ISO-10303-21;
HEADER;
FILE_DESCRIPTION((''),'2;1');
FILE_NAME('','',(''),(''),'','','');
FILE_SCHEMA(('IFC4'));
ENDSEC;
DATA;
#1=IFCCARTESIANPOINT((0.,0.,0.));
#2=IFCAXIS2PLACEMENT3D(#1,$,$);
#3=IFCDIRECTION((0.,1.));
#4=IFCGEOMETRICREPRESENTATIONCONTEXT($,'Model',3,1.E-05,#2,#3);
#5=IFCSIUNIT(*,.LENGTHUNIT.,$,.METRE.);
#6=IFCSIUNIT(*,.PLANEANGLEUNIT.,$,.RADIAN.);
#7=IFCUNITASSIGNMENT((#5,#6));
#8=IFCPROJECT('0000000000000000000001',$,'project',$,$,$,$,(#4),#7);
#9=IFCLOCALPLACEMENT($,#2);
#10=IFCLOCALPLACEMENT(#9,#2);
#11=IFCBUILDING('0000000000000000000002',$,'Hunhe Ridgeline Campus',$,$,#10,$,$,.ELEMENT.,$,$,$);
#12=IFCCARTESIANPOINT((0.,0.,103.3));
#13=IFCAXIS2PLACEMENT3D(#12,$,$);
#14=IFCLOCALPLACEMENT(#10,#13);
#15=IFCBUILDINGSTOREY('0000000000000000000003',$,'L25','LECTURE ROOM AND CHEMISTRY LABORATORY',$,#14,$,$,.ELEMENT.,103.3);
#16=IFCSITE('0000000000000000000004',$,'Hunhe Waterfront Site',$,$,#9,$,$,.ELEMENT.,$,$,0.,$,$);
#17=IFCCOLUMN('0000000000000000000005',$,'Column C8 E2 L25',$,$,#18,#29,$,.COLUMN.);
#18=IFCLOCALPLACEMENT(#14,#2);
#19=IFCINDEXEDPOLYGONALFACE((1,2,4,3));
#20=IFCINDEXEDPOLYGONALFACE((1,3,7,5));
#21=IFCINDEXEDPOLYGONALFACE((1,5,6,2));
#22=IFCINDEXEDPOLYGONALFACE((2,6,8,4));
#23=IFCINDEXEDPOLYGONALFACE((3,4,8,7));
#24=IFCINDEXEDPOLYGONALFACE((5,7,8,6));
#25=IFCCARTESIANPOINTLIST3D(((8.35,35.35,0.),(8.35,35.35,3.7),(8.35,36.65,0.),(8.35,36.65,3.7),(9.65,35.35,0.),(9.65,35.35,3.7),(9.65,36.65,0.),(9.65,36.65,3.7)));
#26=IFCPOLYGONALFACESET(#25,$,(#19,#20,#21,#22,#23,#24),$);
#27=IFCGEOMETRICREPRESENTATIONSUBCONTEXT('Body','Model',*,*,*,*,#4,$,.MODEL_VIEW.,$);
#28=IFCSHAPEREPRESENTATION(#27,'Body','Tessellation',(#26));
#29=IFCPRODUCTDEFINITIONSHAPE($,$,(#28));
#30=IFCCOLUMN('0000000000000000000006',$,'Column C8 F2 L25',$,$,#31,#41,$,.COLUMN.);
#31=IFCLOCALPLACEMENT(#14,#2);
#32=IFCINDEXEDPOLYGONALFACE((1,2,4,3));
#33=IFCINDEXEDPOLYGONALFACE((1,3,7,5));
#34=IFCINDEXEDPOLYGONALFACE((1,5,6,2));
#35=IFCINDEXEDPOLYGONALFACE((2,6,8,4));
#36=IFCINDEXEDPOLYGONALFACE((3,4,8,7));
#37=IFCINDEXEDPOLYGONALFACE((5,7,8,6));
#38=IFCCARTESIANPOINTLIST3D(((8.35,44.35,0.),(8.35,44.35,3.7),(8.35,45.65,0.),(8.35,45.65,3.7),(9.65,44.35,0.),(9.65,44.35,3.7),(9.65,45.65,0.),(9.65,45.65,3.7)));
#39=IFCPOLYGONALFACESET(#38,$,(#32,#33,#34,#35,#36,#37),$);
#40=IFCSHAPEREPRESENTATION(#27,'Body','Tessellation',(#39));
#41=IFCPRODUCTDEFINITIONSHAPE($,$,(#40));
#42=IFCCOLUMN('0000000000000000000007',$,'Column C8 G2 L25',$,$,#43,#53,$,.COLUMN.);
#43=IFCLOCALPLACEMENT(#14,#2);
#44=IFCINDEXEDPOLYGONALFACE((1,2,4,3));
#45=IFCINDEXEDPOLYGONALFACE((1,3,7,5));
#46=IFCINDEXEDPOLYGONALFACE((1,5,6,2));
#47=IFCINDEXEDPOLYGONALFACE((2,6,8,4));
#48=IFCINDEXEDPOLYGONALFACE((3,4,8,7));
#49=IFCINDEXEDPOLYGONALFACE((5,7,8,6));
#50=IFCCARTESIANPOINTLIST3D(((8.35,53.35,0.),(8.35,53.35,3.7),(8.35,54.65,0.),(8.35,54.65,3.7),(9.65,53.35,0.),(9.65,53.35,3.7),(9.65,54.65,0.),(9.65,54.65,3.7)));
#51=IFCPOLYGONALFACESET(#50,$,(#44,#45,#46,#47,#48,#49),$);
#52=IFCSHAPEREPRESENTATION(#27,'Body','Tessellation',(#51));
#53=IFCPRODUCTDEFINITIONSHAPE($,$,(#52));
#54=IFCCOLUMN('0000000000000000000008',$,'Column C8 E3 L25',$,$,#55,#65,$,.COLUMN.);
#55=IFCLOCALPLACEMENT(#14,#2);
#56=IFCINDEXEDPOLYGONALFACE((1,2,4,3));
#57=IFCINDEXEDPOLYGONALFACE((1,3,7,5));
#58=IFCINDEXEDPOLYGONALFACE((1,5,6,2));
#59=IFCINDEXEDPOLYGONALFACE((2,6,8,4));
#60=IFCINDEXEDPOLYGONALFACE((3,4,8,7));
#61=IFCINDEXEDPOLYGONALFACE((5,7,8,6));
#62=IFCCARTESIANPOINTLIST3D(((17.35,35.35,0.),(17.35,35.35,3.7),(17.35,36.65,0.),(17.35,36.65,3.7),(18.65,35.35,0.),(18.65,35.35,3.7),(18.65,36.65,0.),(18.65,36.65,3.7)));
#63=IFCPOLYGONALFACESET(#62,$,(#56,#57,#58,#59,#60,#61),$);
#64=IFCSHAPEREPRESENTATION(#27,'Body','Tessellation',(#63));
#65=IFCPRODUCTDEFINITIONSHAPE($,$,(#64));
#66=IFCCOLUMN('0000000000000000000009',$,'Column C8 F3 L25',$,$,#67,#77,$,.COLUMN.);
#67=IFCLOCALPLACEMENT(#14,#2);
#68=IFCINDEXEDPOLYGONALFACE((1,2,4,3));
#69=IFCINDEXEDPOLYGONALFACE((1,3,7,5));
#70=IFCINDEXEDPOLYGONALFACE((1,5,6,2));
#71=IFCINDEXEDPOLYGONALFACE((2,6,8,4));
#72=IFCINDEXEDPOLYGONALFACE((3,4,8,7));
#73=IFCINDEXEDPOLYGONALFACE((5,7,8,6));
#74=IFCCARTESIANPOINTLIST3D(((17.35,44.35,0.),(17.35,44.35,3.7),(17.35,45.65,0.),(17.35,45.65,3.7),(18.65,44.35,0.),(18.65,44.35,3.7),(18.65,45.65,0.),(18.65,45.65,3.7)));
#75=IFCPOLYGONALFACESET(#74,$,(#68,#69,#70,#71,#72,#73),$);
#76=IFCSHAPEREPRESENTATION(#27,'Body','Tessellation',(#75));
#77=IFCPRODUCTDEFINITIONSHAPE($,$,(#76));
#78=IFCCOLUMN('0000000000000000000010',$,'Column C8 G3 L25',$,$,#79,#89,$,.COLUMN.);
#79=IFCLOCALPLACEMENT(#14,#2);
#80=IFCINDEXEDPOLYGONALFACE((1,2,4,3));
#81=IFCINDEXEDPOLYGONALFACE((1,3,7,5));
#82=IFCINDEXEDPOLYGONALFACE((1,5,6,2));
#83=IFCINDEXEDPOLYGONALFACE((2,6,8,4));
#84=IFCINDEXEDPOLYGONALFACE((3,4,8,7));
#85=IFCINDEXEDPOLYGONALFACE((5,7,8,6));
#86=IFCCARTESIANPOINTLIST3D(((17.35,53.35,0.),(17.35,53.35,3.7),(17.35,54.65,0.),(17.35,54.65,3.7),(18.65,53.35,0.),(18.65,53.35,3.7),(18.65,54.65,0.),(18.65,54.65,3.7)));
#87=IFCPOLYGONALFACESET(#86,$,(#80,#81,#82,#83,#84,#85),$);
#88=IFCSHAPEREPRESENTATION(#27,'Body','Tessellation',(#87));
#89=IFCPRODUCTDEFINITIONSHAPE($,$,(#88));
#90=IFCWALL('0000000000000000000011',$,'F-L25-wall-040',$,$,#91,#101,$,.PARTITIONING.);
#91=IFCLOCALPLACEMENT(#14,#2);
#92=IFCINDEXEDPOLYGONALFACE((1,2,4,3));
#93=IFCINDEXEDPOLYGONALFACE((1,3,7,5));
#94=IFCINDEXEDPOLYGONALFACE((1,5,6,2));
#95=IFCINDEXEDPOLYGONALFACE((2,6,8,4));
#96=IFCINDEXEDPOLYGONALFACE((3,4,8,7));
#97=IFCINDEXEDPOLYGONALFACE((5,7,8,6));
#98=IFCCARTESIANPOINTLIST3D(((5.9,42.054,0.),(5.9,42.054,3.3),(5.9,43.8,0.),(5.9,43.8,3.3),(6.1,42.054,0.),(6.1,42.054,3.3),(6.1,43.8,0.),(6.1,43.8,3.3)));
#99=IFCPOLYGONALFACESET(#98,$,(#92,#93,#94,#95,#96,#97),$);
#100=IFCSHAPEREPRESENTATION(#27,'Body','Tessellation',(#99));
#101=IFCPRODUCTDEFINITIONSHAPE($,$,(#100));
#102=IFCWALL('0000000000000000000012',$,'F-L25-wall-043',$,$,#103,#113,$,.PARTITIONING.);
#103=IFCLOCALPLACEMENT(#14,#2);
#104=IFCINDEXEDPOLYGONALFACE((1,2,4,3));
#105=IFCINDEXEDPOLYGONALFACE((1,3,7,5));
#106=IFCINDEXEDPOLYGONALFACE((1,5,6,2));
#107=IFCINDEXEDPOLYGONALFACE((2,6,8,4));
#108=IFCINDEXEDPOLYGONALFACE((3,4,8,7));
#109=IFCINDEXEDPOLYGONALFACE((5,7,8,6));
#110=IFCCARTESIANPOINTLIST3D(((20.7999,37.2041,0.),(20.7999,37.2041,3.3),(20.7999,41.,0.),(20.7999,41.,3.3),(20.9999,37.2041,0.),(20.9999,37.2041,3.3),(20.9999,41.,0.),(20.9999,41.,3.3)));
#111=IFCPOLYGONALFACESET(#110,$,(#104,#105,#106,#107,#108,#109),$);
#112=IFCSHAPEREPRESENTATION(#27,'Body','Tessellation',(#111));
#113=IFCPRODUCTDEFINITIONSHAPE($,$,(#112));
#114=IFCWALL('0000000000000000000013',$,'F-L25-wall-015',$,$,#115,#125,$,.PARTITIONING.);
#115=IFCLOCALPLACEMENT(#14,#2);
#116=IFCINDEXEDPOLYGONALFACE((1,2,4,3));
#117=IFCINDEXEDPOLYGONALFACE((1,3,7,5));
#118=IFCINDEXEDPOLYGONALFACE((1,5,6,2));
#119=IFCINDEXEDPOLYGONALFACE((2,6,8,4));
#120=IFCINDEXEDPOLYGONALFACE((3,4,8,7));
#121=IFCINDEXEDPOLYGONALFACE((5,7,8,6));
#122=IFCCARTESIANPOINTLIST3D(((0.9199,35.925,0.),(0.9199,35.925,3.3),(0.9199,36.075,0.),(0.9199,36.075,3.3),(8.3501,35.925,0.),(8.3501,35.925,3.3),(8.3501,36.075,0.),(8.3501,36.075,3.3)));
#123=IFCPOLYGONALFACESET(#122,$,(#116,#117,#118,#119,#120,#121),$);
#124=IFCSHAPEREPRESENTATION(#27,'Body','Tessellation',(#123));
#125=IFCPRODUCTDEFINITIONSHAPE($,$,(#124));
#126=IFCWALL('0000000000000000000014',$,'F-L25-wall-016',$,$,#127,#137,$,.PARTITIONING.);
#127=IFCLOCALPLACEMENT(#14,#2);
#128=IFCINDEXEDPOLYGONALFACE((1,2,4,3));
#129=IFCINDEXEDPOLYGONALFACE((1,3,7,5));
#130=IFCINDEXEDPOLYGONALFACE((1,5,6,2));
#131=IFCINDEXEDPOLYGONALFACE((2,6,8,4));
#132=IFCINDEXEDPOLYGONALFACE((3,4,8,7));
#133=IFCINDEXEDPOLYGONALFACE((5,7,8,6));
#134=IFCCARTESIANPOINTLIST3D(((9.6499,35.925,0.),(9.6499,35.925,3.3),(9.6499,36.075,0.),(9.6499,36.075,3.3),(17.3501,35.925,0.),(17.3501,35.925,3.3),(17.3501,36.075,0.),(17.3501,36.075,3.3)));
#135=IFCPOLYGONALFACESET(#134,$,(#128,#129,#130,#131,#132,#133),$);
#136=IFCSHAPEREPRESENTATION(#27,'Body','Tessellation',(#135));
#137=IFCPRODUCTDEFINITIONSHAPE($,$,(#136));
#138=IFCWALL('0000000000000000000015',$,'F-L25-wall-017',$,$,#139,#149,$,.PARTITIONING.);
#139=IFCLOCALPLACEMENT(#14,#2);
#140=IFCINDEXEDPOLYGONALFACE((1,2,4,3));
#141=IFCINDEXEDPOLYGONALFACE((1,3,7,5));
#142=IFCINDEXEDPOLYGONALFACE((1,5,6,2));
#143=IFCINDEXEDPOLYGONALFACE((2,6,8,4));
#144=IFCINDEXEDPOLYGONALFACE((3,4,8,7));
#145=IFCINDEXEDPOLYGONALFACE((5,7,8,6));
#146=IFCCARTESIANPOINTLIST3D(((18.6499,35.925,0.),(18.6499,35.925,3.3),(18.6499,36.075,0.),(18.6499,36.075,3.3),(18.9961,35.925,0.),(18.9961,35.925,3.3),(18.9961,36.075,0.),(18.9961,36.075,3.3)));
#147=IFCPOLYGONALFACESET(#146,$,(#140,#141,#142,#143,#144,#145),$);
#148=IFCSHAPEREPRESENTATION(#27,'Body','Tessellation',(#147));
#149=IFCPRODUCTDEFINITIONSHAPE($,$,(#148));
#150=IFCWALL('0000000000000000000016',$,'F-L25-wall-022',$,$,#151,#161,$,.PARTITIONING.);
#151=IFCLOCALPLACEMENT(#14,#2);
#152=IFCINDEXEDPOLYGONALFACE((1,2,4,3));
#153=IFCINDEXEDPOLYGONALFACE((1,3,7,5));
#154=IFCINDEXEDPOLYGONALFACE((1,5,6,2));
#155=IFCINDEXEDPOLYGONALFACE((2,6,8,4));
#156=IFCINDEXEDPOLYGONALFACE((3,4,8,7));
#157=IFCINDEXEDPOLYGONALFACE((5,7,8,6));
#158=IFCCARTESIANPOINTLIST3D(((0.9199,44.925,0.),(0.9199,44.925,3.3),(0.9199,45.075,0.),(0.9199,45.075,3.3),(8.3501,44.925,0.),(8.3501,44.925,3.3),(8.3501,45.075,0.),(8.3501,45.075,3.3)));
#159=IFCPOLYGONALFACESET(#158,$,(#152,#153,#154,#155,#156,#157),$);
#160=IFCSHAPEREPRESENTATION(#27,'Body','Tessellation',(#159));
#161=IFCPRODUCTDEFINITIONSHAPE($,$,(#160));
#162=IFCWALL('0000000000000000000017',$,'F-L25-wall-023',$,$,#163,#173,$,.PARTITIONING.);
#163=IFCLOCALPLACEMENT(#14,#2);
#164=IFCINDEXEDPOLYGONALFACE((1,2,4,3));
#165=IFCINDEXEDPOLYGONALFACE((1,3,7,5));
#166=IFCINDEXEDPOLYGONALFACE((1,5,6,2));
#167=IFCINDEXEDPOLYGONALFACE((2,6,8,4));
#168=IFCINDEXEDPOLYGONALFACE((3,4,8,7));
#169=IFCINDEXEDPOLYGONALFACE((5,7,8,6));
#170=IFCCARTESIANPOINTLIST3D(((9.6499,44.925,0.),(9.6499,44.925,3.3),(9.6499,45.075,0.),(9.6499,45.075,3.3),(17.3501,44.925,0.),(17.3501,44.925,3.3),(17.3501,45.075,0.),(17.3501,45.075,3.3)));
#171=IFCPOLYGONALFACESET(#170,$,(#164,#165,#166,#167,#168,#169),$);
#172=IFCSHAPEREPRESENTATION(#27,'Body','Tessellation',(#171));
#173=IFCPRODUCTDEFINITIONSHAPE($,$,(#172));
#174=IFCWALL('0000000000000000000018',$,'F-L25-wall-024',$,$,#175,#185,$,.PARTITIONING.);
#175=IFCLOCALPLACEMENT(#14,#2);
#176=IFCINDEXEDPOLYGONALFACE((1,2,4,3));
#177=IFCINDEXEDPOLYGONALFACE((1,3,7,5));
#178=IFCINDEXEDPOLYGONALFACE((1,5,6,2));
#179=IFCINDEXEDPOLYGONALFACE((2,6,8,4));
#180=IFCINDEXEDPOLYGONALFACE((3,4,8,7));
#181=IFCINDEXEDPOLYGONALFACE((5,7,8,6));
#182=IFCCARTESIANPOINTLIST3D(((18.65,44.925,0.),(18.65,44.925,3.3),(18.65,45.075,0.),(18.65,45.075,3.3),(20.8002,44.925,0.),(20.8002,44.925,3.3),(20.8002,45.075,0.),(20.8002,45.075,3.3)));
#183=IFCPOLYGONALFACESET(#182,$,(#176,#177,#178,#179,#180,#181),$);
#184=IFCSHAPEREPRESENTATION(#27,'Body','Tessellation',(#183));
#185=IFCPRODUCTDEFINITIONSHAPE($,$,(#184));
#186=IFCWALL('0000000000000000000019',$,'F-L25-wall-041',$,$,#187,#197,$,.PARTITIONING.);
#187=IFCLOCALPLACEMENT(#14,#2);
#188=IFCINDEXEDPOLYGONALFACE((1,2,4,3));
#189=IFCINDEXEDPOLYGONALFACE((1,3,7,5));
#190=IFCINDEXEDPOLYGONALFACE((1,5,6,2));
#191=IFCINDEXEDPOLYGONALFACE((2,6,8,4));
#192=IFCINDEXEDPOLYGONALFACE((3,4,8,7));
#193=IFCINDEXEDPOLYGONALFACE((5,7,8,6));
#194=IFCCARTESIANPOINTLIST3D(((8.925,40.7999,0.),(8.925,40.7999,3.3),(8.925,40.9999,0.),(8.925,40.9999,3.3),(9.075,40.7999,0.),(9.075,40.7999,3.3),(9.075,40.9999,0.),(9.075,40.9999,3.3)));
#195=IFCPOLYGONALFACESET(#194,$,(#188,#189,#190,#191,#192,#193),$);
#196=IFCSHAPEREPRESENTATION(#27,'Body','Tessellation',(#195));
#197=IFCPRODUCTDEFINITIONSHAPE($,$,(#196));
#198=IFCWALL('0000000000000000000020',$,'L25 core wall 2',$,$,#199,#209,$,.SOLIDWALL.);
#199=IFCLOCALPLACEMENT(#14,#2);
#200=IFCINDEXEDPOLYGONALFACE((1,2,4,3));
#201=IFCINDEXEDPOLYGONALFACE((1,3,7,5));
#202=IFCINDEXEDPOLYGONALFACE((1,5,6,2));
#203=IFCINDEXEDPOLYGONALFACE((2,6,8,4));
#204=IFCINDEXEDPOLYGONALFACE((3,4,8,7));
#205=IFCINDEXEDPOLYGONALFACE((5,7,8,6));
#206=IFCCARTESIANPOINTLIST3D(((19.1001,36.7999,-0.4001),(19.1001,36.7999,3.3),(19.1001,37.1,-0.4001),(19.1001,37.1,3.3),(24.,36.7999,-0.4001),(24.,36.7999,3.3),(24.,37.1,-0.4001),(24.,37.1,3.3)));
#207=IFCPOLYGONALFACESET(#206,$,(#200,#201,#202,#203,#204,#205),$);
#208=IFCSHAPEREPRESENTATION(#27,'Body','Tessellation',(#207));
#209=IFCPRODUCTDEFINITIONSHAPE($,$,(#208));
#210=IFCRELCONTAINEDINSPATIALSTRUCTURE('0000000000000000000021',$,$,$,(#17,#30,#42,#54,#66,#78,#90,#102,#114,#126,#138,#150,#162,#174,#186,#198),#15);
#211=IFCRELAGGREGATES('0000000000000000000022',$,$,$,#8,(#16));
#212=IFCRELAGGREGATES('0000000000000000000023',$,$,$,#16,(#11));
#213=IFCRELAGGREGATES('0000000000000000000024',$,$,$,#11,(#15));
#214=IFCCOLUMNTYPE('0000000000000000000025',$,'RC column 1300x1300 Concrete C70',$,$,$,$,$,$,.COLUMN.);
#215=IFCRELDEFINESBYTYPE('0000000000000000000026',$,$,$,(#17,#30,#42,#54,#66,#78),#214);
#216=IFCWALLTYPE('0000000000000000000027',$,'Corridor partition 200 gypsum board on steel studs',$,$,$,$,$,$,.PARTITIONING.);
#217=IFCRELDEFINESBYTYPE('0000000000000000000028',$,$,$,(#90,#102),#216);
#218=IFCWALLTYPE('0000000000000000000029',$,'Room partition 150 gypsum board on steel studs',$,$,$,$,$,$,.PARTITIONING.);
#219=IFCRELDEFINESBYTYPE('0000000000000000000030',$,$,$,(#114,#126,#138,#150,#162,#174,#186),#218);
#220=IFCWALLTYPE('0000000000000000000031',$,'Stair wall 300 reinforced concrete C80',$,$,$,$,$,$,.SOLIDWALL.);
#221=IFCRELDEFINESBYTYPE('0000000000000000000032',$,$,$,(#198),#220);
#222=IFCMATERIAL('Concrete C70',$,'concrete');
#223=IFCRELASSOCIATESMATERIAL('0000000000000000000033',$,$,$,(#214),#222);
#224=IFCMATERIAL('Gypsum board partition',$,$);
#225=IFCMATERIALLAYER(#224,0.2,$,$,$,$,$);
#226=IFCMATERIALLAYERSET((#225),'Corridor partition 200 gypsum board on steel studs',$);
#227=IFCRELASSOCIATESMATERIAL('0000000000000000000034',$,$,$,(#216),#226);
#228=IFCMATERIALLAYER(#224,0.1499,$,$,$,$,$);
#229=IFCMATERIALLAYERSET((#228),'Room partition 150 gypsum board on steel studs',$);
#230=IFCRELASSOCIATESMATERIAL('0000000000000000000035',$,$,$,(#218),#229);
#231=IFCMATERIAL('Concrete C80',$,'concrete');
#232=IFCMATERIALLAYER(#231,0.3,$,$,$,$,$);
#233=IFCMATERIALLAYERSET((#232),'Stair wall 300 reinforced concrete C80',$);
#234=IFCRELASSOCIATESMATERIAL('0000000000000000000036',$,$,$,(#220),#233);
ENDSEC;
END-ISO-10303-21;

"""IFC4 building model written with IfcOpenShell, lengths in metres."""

from ifc_helpers import new_model, si_unit, direction, frame, frame_2d, origin, origin_2d, place, context, subcontext, project, spatial, rectangle, extrude, material, layer, layer_set, material_profile, profile_set, type_object, element, save


model = new_model("IFC4")

# Units and contexts
model_context = context("Model", 3, precision=1e-05, world=origin(), true_north=direction((0.0, 1.0)))
body_context = subcontext(model_context, "Body", "Model", "MODEL_VIEW")
ifc_project = project(units=[si_unit("LENGTHUNIT", "METRE"), si_unit("PLANEANGLEUNIT", "RADIAN")], contexts=[model_context])

# Site, building, storey
site_placement = place(None, origin())
site = spatial("IfcSite", under=ifc_project, at=site_placement, Name="Hunhe Waterfront Site", CompositionType="ELEMENT", RefElevation=0.0)
building_placement = place(site_placement, origin())
building = spatial("IfcBuilding", under=site, at=building_placement, Name="Hunhe Ridgeline Campus", CompositionType="ELEMENT")
storey_placement = place(building_placement, frame((0.0, 0.0, 103.3)))
storey = spatial("IfcBuildingStorey", under=building, at=storey_placement, Name="L25", Description="LECTURE ROOM AND CHEMISTRY LABORATORY", CompositionType="ELEMENT", Elevation=103.3)

# Columns
ifc_material_1 = material(Name="Concrete C70", Category="concrete")
ifc_material_profile = material_profile(ifc_material_1, rectangle(XDim=1.3, YDim=1.3, at=origin_2d()))
ifc_profile_set = profile_set([ifc_material_profile], Name="Concrete C70")
column_type = type_object("IfcColumnType", Name="RC column 1300x1300 Concrete C70", PredefinedType="COLUMN", material=ifc_profile_set)
for number, where, z_axis, x_axis, name in (
    (1, (9.0, 36.0, 0.0), (0.0, 0.0, 1.0), (1.0, 0.0, 0.0), "Column C8 E2 L25"),
    (2, (9.0, 45.0, 0.0), (0.0, 0.0, 1.0), (1.0, 0.0, 0.0), "Column C8 F2 L25"),
    (3, (9.0, 54.0, 0.0), (0.0, 0.0, 1.0), (1.0, 0.0, 0.0), "Column C8 G2 L25"),
    (4, (18.0, 36.0, 0.0), (0.0, 0.0, 1.0), (1.0, 0.0, 0.0), "Column C8 E3 L25"),
    (5, (18.0, 45.0, 0.0), (0.0, 0.0, 1.0), (1.0, 0.0, 0.0), "Column C8 F3 L25"),
    (6, (18.0, 54.0, 0.0), (0.0, 0.0, 1.0), (1.0, 0.0, 0.0), "Column C8 G3 L25"),
):
    element("IfcColumn", number, at=place(storey_placement, frame(where, z_axis=z_axis, x_axis=x_axis)), inside=storey, type_object=column_type, Name=name, PredefinedType="COLUMN", context=body_context, shape_type="SweptSolid", body=[
        extrude(rectangle(XDim=1.3, YDim=1.3, at=origin_2d()), origin(), (0.0, 0.0, 1.0), 3.7),
    ])

# Shared definitions
ifc_material_2 = material(Name="Gypsum board partition")
ifc_layer_1 = layer(ifc_material_2, 0.2)
ifc_layer_set_1 = layer_set([ifc_layer_1], Name="Corridor partition 200 gypsum board on steel studs")
wall_type_1 = type_object("IfcWallType", Name="Corridor partition 200 gypsum board on steel studs", PredefinedType="PARTITIONING", material=ifc_layer_set_1)

# Walls
wall_1_placement = place(storey_placement, frame((6.0, 42.054, 0.0), z_axis=(0.0, 0.0, 1.0), x_axis=(0.0, 1.0, 0.0)))
element("IfcWall", 7, at=wall_1_placement, inside=storey, type_object=wall_type_1, Name="F-L25-wall-040", PredefinedType="PARTITIONING", context=body_context, shape_type="SweptSolid", body=[
    extrude(rectangle(XDim=1.7461, YDim=0.2, at=frame_2d((0.873, 0.0))), origin(), (0.0, 0.0, 1.0), 3.3),
])
wall_2_placement = place(storey_placement, frame((20.8999, 37.2041, 0.0), z_axis=(0.0, 0.0, 1.0), x_axis=(0.0, 1.0, 0.0)))
element("IfcWall", 8, at=wall_2_placement, inside=storey, type_object=wall_type_1, Name="F-L25-wall-043", PredefinedType="PARTITIONING", context=body_context, shape_type="SweptSolid", body=[
    extrude(rectangle(XDim=3.7959, YDim=0.2, at=frame_2d((1.8979, 0.0))), origin(), (0.0, 0.0, 1.0), 3.3),
])
ifc_layer_2 = layer(ifc_material_2, 0.1499)
ifc_layer_set_2 = layer_set([ifc_layer_2], Name="Room partition 150 gypsum board on steel studs")
wall_type_2 = type_object("IfcWallType", Name="Room partition 150 gypsum board on steel studs", PredefinedType="PARTITIONING", material=ifc_layer_set_2)
wall_3_placement = place(storey_placement, frame((0.9199, 36.0, 0.0), z_axis=(0.0, 0.0, 1.0), x_axis=(1.0, 0.0, 0.0)))
element("IfcWall", 9, at=wall_3_placement, inside=storey, type_object=wall_type_2, Name="F-L25-wall-015", PredefinedType="PARTITIONING", context=body_context, shape_type="SweptSolid", body=[
    extrude(rectangle(XDim=7.4302, YDim=0.1499, at=frame_2d((3.7151, 0.0))), origin(), (0.0, 0.0, 1.0), 3.3),
])
wall_4_placement = place(storey_placement, frame((9.6499, 36.0, 0.0), z_axis=(0.0, 0.0, 1.0), x_axis=(1.0, 0.0, 0.0)))
element("IfcWall", 10, at=wall_4_placement, inside=storey, type_object=wall_type_2, Name="F-L25-wall-016", PredefinedType="PARTITIONING", context=body_context, shape_type="SweptSolid", body=[
    extrude(rectangle(XDim=7.7002, YDim=0.1499, at=frame_2d((3.8501, 0.0))), origin(), (0.0, 0.0, 1.0), 3.3),
])
wall_5_placement = place(storey_placement, frame((18.6499, 36.0, 0.0), z_axis=(0.0, 0.0, 1.0), x_axis=(1.0, 0.0, 0.0)))
element("IfcWall", 11, at=wall_5_placement, inside=storey, type_object=wall_type_2, Name="F-L25-wall-017", PredefinedType="PARTITIONING", context=body_context, shape_type="SweptSolid", body=[
    extrude(rectangle(XDim=0.3462, YDim=0.1499, at=frame_2d((0.1731, 0.0))), origin(), (0.0, 0.0, 1.0), 3.3),
])
wall_6_placement = place(storey_placement, frame((0.9199, 45.0, 0.0), z_axis=(0.0, 0.0, 1.0), x_axis=(1.0, 0.0, 0.0)))
element("IfcWall", 12, at=wall_6_placement, inside=storey, type_object=wall_type_2, Name="F-L25-wall-022", PredefinedType="PARTITIONING", context=body_context, shape_type="SweptSolid", body=[
    extrude(rectangle(XDim=7.4302, YDim=0.1499, at=frame_2d((3.7151, 0.0))), origin(), (0.0, 0.0, 1.0), 3.3),
])
wall_7_placement = place(storey_placement, frame((9.6499, 45.0, 0.0), z_axis=(0.0, 0.0, 1.0), x_axis=(1.0, 0.0, 0.0)))
element("IfcWall", 13, at=wall_7_placement, inside=storey, type_object=wall_type_2, Name="F-L25-wall-023", PredefinedType="PARTITIONING", context=body_context, shape_type="SweptSolid", body=[
    extrude(rectangle(XDim=7.7002, YDim=0.1499, at=frame_2d((3.8501, 0.0))), origin(), (0.0, 0.0, 1.0), 3.3),
])
wall_8_placement = place(storey_placement, frame((18.6499, 45.0, 0.0), z_axis=(0.0, 0.0, 1.0), x_axis=(1.0, 0.0, 0.0)))
element("IfcWall", 14, at=wall_8_placement, inside=storey, type_object=wall_type_2, Name="F-L25-wall-024", PredefinedType="PARTITIONING", context=body_context, shape_type="SweptSolid", body=[
    extrude(rectangle(XDim=2.1501, YDim=0.1499, at=frame_2d((1.0752, 0.0))), origin(), (0.0, 0.0, 1.0), 3.3),
])
wall_9_placement = place(storey_placement, frame((9.0, 41.0, 0.0), z_axis=(0.0, 0.0, 1.0), x_axis=(0.0, -1.0, 0.0)))
element("IfcWall", 15, at=wall_9_placement, inside=storey, type_object=wall_type_2, Name="F-L25-wall-041", PredefinedType="PARTITIONING", context=body_context, shape_type="SweptSolid", body=[
    extrude(rectangle(XDim=0.2, YDim=0.1499, at=frame_2d((0.1001, 0.0))), origin(), (0.0, 0.0, 1.0), 3.3),
])
ifc_material_3 = material(Name="Concrete C80", Category="concrete")
ifc_layer_3 = layer(ifc_material_3, 0.3)
ifc_layer_set_3 = layer_set([ifc_layer_3], Name="Stair wall 300 reinforced concrete C80")
wall_type_3 = type_object("IfcWallType", Name="Stair wall 300 reinforced concrete C80", PredefinedType="SOLIDWALL", material=ifc_layer_set_3)
wall_10_placement = place(storey_placement, frame((19.1001, 36.95, -0.4001), z_axis=(0.0, 0.0, 1.0), x_axis=(1.0, 0.0, 0.0)))
element("IfcWall", 16, at=wall_10_placement, inside=storey, type_object=wall_type_3, Name="L25 core wall 2", PredefinedType="SOLIDWALL", context=body_context, shape_type="SweptSolid", body=[
    extrude(rectangle(XDim=4.8999, YDim=0.3, at=frame_2d((2.45, 0.0))), origin(), (0.0, 0.0, 1.0), 3.7002),
])

save(model, "model.ifc")
